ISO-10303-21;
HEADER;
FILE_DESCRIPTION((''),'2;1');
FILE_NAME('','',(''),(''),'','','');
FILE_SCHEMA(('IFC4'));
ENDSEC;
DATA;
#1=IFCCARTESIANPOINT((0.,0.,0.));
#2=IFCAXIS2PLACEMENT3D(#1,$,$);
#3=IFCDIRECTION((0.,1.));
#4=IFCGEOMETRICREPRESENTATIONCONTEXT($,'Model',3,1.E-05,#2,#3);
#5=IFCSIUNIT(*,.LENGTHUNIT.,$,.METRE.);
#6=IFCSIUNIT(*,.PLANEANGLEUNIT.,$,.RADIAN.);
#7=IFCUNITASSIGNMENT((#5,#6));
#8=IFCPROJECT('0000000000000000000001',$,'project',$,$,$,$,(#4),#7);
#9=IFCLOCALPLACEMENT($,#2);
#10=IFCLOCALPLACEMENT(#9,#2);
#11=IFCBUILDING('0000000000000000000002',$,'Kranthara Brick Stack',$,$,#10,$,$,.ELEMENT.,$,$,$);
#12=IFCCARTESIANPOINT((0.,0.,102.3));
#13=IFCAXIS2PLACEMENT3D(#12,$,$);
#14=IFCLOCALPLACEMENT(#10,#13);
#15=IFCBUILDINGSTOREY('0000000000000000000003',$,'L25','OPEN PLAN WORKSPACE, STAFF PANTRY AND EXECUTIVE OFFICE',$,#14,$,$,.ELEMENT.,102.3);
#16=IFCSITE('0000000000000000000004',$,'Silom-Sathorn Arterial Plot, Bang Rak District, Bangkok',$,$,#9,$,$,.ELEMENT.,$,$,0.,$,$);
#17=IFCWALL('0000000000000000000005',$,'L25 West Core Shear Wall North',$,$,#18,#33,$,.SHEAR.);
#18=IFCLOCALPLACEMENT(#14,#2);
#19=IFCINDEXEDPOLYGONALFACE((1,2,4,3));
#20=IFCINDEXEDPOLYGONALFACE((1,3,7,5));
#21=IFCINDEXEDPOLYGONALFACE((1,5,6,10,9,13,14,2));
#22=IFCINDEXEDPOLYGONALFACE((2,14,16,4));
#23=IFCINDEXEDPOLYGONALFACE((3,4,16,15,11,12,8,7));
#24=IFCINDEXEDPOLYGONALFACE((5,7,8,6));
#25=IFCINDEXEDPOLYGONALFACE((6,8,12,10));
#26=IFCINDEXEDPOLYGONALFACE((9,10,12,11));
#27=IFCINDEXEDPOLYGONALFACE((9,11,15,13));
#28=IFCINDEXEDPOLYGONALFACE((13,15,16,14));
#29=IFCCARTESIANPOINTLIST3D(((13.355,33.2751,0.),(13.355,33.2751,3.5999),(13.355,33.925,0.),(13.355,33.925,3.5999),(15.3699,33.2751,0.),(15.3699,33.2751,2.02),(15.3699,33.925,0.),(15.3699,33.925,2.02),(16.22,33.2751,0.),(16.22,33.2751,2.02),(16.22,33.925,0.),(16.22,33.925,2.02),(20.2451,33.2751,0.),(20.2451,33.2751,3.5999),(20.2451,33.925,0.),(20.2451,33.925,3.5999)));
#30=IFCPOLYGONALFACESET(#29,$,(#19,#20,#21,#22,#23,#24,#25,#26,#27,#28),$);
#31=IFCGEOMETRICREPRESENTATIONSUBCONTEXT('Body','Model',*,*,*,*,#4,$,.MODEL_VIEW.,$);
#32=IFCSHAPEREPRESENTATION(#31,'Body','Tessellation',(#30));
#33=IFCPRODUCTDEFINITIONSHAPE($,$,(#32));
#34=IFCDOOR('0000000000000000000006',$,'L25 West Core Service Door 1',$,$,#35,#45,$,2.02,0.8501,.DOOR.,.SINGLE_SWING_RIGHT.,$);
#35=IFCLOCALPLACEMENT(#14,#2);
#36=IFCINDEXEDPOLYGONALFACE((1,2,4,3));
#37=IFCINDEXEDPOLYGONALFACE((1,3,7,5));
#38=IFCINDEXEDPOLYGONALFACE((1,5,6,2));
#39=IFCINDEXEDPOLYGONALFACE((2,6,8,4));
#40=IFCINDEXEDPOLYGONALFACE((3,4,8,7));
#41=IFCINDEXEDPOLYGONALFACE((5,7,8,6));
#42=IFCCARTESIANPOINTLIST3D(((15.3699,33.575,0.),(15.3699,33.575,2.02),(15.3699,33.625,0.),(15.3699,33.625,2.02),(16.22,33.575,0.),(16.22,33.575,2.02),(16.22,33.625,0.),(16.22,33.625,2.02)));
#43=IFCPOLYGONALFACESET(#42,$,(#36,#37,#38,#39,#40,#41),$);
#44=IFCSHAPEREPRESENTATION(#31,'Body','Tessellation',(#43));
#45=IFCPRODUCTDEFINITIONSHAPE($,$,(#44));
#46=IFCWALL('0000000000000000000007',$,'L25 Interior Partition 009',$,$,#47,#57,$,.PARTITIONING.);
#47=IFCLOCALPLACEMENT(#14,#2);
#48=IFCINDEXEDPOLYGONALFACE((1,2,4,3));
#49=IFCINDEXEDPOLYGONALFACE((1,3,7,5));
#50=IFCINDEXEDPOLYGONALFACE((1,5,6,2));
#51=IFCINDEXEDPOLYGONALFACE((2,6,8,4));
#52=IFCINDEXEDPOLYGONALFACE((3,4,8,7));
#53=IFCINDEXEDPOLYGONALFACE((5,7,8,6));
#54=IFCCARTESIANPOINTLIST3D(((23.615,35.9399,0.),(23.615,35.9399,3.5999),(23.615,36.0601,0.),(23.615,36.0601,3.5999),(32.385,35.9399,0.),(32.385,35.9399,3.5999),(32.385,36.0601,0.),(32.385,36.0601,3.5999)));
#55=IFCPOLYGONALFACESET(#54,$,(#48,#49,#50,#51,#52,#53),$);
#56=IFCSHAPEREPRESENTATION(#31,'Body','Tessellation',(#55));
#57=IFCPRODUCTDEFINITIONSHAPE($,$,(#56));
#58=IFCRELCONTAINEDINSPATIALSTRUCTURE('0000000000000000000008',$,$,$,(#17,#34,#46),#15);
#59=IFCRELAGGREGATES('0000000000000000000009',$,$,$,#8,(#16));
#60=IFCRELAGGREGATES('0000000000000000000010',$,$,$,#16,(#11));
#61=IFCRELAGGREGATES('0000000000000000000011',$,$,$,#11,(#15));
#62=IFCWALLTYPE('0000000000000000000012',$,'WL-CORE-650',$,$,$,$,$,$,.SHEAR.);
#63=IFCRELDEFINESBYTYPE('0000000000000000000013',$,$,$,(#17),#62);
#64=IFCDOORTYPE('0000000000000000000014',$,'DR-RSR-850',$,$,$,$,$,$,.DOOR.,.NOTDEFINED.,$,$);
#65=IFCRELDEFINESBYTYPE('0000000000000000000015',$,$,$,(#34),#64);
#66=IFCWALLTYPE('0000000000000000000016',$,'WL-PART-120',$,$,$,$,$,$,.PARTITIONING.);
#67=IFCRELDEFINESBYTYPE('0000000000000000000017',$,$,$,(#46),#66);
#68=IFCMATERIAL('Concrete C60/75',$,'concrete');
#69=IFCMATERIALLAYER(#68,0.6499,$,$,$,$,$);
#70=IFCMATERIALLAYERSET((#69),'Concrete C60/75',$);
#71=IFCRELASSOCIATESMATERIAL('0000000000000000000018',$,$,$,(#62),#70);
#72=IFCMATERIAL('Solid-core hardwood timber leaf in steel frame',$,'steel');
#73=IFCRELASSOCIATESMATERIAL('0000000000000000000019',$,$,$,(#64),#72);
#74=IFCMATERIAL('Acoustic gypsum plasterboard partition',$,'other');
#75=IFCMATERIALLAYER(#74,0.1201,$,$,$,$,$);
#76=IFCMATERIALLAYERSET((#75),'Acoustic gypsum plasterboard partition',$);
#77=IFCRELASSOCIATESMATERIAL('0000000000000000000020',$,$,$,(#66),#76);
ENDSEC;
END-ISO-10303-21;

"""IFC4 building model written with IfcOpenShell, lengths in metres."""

from ifc_helpers import new_model, si_unit, direction, frame, frame_2d, origin, place, context, subcontext, project, spatial, rectangle, extrude, material, layer, layer_set, type_object, element, fill, save


model = new_model("IFC4")

# Units and contexts
model_context = context("Model", 3, precision=1e-05, world=origin(), true_north=direction((0.0, 1.0)))
body_context = subcontext(model_context, "Body", "Model", "MODEL_VIEW")
ifc_project = project(units=[si_unit("LENGTHUNIT", "METRE"), si_unit("PLANEANGLEUNIT", "RADIAN")], contexts=[model_context])

# Site, building, storey
site_placement = place(None, origin())
site = spatial("IfcSite", under=ifc_project, at=site_placement, Name="Silom-Sathorn Arterial Plot, Bang Rak District, Bangkok", CompositionType="ELEMENT", RefElevation=0.0)
building_placement = place(site_placement, origin())
building = spatial("IfcBuilding", under=site, at=building_placement, Name="Kranthara Brick Stack", CompositionType="ELEMENT")
storey_placement = place(building_placement, frame((0.0, 0.0, 102.3)))
storey = spatial("IfcBuildingStorey", under=building, at=storey_placement, Name="L25", Description="OPEN PLAN WORKSPACE, STAFF PANTRY AND EXECUTIVE OFFICE", CompositionType="ELEMENT", Elevation=102.3)

# Wall, opening, door
ifc_material_1 = material(Name="Concrete C60/75", Category="concrete")
ifc_layer_1 = layer(ifc_material_1, 0.6499)
ifc_layer_set_1 = layer_set([ifc_layer_1], Name="Concrete C60/75")
wall_type_1 = type_object("IfcWallType", Name="WL-CORE-650", PredefinedType="SHEAR", material=ifc_layer_set_1)
wall_1_placement = place(storey_placement, frame((13.355, 33.6001, 0.0), z_axis=(0.0, 0.0, 1.0), x_axis=(1.0, 0.0, 0.0)))
wall_1 = element("IfcWall", 1, at=wall_1_placement, inside=storey, type_object=wall_type_1, Name="L25 West Core Shear Wall North", PredefinedType="SHEAR", context=body_context, shape_type="SweptSolid", body=[
    extrude(rectangle(XDim=6.8901, YDim=0.6499, at=frame_2d((3.4451, 0.0))), origin(), (0.0, 0.0, 1.0), 3.5999),
])
opening_1_placement = place(wall_1_placement, frame((2.0149, 0.0, 0.0)))
opening_1 = element("IfcOpeningElement", 2, at=opening_1_placement, cuts=wall_1, PredefinedType="OPENING", context=body_context, shape_type="SweptSolid", body=[
    extrude(rectangle(XDim=0.8501, YDim=2.02, at=frame_2d((0.425, 1.01))), frame((0.0, 0.335, 0.0), z_axis=(0.0, -1.0, 0.0), x_axis=(1.0, 0.0, 0.0)), (0.0, 0.0, 1.0), 0.6699),
])
ifc_material_2 = material(Name="Solid-core hardwood timber leaf in steel frame", Category="steel")
door_type_1 = type_object("IfcDoorType", Name="DR-RSR-850", OperationType="NOTDEFINED", PredefinedType="DOOR", material=ifc_material_2)
door_1_placement = place(opening_1_placement, origin())
door_1 = element("IfcDoor", 3, at=door_1_placement, inside=storey, type_object=door_type_1, Name="L25 West Core Service Door 1", OperationType="SINGLE_SWING_RIGHT", OverallHeight=2.02, OverallWidth=0.8501, PredefinedType="DOOR", context=body_context, shape_type="SweptSolid", body=[
    extrude(rectangle(XDim=0.8501, YDim=2.02, at=frame_2d((0.425, 1.01))), frame((0.0, 0.0249, 0.0), z_axis=(0.0, -1.0, 0.0), x_axis=(1.0, 0.0, 0.0)), (0.0, 0.0, 1.0), 0.05),
])
fill(opening_1, door_1)

# Wall
ifc_material_3 = material(Name="Acoustic gypsum plasterboard partition", Category="other")
ifc_layer_2 = layer(ifc_material_3, 0.1201)
ifc_layer_set_2 = layer_set([ifc_layer_2], Name="Acoustic gypsum plasterboard partition")
wall_type_2 = type_object("IfcWallType", Name="WL-PART-120", PredefinedType="PARTITIONING", material=ifc_layer_set_2)
wall_2_placement = place(storey_placement, frame((23.615, 36.0, 0.0), z_axis=(0.0, 0.0, 1.0), x_axis=(1.0, 0.0, 0.0)))
element("IfcWall", 4, at=wall_2_placement, inside=storey, type_object=wall_type_2, Name="L25 Interior Partition 009", PredefinedType="PARTITIONING", context=body_context, shape_type="SweptSolid", body=[
    extrude(rectangle(XDim=8.77, YDim=0.1201, at=frame_2d((4.385, 0.0))), origin(), (0.0, 0.0, 1.0), 3.5999),
])

save(model, "model.ifc")
